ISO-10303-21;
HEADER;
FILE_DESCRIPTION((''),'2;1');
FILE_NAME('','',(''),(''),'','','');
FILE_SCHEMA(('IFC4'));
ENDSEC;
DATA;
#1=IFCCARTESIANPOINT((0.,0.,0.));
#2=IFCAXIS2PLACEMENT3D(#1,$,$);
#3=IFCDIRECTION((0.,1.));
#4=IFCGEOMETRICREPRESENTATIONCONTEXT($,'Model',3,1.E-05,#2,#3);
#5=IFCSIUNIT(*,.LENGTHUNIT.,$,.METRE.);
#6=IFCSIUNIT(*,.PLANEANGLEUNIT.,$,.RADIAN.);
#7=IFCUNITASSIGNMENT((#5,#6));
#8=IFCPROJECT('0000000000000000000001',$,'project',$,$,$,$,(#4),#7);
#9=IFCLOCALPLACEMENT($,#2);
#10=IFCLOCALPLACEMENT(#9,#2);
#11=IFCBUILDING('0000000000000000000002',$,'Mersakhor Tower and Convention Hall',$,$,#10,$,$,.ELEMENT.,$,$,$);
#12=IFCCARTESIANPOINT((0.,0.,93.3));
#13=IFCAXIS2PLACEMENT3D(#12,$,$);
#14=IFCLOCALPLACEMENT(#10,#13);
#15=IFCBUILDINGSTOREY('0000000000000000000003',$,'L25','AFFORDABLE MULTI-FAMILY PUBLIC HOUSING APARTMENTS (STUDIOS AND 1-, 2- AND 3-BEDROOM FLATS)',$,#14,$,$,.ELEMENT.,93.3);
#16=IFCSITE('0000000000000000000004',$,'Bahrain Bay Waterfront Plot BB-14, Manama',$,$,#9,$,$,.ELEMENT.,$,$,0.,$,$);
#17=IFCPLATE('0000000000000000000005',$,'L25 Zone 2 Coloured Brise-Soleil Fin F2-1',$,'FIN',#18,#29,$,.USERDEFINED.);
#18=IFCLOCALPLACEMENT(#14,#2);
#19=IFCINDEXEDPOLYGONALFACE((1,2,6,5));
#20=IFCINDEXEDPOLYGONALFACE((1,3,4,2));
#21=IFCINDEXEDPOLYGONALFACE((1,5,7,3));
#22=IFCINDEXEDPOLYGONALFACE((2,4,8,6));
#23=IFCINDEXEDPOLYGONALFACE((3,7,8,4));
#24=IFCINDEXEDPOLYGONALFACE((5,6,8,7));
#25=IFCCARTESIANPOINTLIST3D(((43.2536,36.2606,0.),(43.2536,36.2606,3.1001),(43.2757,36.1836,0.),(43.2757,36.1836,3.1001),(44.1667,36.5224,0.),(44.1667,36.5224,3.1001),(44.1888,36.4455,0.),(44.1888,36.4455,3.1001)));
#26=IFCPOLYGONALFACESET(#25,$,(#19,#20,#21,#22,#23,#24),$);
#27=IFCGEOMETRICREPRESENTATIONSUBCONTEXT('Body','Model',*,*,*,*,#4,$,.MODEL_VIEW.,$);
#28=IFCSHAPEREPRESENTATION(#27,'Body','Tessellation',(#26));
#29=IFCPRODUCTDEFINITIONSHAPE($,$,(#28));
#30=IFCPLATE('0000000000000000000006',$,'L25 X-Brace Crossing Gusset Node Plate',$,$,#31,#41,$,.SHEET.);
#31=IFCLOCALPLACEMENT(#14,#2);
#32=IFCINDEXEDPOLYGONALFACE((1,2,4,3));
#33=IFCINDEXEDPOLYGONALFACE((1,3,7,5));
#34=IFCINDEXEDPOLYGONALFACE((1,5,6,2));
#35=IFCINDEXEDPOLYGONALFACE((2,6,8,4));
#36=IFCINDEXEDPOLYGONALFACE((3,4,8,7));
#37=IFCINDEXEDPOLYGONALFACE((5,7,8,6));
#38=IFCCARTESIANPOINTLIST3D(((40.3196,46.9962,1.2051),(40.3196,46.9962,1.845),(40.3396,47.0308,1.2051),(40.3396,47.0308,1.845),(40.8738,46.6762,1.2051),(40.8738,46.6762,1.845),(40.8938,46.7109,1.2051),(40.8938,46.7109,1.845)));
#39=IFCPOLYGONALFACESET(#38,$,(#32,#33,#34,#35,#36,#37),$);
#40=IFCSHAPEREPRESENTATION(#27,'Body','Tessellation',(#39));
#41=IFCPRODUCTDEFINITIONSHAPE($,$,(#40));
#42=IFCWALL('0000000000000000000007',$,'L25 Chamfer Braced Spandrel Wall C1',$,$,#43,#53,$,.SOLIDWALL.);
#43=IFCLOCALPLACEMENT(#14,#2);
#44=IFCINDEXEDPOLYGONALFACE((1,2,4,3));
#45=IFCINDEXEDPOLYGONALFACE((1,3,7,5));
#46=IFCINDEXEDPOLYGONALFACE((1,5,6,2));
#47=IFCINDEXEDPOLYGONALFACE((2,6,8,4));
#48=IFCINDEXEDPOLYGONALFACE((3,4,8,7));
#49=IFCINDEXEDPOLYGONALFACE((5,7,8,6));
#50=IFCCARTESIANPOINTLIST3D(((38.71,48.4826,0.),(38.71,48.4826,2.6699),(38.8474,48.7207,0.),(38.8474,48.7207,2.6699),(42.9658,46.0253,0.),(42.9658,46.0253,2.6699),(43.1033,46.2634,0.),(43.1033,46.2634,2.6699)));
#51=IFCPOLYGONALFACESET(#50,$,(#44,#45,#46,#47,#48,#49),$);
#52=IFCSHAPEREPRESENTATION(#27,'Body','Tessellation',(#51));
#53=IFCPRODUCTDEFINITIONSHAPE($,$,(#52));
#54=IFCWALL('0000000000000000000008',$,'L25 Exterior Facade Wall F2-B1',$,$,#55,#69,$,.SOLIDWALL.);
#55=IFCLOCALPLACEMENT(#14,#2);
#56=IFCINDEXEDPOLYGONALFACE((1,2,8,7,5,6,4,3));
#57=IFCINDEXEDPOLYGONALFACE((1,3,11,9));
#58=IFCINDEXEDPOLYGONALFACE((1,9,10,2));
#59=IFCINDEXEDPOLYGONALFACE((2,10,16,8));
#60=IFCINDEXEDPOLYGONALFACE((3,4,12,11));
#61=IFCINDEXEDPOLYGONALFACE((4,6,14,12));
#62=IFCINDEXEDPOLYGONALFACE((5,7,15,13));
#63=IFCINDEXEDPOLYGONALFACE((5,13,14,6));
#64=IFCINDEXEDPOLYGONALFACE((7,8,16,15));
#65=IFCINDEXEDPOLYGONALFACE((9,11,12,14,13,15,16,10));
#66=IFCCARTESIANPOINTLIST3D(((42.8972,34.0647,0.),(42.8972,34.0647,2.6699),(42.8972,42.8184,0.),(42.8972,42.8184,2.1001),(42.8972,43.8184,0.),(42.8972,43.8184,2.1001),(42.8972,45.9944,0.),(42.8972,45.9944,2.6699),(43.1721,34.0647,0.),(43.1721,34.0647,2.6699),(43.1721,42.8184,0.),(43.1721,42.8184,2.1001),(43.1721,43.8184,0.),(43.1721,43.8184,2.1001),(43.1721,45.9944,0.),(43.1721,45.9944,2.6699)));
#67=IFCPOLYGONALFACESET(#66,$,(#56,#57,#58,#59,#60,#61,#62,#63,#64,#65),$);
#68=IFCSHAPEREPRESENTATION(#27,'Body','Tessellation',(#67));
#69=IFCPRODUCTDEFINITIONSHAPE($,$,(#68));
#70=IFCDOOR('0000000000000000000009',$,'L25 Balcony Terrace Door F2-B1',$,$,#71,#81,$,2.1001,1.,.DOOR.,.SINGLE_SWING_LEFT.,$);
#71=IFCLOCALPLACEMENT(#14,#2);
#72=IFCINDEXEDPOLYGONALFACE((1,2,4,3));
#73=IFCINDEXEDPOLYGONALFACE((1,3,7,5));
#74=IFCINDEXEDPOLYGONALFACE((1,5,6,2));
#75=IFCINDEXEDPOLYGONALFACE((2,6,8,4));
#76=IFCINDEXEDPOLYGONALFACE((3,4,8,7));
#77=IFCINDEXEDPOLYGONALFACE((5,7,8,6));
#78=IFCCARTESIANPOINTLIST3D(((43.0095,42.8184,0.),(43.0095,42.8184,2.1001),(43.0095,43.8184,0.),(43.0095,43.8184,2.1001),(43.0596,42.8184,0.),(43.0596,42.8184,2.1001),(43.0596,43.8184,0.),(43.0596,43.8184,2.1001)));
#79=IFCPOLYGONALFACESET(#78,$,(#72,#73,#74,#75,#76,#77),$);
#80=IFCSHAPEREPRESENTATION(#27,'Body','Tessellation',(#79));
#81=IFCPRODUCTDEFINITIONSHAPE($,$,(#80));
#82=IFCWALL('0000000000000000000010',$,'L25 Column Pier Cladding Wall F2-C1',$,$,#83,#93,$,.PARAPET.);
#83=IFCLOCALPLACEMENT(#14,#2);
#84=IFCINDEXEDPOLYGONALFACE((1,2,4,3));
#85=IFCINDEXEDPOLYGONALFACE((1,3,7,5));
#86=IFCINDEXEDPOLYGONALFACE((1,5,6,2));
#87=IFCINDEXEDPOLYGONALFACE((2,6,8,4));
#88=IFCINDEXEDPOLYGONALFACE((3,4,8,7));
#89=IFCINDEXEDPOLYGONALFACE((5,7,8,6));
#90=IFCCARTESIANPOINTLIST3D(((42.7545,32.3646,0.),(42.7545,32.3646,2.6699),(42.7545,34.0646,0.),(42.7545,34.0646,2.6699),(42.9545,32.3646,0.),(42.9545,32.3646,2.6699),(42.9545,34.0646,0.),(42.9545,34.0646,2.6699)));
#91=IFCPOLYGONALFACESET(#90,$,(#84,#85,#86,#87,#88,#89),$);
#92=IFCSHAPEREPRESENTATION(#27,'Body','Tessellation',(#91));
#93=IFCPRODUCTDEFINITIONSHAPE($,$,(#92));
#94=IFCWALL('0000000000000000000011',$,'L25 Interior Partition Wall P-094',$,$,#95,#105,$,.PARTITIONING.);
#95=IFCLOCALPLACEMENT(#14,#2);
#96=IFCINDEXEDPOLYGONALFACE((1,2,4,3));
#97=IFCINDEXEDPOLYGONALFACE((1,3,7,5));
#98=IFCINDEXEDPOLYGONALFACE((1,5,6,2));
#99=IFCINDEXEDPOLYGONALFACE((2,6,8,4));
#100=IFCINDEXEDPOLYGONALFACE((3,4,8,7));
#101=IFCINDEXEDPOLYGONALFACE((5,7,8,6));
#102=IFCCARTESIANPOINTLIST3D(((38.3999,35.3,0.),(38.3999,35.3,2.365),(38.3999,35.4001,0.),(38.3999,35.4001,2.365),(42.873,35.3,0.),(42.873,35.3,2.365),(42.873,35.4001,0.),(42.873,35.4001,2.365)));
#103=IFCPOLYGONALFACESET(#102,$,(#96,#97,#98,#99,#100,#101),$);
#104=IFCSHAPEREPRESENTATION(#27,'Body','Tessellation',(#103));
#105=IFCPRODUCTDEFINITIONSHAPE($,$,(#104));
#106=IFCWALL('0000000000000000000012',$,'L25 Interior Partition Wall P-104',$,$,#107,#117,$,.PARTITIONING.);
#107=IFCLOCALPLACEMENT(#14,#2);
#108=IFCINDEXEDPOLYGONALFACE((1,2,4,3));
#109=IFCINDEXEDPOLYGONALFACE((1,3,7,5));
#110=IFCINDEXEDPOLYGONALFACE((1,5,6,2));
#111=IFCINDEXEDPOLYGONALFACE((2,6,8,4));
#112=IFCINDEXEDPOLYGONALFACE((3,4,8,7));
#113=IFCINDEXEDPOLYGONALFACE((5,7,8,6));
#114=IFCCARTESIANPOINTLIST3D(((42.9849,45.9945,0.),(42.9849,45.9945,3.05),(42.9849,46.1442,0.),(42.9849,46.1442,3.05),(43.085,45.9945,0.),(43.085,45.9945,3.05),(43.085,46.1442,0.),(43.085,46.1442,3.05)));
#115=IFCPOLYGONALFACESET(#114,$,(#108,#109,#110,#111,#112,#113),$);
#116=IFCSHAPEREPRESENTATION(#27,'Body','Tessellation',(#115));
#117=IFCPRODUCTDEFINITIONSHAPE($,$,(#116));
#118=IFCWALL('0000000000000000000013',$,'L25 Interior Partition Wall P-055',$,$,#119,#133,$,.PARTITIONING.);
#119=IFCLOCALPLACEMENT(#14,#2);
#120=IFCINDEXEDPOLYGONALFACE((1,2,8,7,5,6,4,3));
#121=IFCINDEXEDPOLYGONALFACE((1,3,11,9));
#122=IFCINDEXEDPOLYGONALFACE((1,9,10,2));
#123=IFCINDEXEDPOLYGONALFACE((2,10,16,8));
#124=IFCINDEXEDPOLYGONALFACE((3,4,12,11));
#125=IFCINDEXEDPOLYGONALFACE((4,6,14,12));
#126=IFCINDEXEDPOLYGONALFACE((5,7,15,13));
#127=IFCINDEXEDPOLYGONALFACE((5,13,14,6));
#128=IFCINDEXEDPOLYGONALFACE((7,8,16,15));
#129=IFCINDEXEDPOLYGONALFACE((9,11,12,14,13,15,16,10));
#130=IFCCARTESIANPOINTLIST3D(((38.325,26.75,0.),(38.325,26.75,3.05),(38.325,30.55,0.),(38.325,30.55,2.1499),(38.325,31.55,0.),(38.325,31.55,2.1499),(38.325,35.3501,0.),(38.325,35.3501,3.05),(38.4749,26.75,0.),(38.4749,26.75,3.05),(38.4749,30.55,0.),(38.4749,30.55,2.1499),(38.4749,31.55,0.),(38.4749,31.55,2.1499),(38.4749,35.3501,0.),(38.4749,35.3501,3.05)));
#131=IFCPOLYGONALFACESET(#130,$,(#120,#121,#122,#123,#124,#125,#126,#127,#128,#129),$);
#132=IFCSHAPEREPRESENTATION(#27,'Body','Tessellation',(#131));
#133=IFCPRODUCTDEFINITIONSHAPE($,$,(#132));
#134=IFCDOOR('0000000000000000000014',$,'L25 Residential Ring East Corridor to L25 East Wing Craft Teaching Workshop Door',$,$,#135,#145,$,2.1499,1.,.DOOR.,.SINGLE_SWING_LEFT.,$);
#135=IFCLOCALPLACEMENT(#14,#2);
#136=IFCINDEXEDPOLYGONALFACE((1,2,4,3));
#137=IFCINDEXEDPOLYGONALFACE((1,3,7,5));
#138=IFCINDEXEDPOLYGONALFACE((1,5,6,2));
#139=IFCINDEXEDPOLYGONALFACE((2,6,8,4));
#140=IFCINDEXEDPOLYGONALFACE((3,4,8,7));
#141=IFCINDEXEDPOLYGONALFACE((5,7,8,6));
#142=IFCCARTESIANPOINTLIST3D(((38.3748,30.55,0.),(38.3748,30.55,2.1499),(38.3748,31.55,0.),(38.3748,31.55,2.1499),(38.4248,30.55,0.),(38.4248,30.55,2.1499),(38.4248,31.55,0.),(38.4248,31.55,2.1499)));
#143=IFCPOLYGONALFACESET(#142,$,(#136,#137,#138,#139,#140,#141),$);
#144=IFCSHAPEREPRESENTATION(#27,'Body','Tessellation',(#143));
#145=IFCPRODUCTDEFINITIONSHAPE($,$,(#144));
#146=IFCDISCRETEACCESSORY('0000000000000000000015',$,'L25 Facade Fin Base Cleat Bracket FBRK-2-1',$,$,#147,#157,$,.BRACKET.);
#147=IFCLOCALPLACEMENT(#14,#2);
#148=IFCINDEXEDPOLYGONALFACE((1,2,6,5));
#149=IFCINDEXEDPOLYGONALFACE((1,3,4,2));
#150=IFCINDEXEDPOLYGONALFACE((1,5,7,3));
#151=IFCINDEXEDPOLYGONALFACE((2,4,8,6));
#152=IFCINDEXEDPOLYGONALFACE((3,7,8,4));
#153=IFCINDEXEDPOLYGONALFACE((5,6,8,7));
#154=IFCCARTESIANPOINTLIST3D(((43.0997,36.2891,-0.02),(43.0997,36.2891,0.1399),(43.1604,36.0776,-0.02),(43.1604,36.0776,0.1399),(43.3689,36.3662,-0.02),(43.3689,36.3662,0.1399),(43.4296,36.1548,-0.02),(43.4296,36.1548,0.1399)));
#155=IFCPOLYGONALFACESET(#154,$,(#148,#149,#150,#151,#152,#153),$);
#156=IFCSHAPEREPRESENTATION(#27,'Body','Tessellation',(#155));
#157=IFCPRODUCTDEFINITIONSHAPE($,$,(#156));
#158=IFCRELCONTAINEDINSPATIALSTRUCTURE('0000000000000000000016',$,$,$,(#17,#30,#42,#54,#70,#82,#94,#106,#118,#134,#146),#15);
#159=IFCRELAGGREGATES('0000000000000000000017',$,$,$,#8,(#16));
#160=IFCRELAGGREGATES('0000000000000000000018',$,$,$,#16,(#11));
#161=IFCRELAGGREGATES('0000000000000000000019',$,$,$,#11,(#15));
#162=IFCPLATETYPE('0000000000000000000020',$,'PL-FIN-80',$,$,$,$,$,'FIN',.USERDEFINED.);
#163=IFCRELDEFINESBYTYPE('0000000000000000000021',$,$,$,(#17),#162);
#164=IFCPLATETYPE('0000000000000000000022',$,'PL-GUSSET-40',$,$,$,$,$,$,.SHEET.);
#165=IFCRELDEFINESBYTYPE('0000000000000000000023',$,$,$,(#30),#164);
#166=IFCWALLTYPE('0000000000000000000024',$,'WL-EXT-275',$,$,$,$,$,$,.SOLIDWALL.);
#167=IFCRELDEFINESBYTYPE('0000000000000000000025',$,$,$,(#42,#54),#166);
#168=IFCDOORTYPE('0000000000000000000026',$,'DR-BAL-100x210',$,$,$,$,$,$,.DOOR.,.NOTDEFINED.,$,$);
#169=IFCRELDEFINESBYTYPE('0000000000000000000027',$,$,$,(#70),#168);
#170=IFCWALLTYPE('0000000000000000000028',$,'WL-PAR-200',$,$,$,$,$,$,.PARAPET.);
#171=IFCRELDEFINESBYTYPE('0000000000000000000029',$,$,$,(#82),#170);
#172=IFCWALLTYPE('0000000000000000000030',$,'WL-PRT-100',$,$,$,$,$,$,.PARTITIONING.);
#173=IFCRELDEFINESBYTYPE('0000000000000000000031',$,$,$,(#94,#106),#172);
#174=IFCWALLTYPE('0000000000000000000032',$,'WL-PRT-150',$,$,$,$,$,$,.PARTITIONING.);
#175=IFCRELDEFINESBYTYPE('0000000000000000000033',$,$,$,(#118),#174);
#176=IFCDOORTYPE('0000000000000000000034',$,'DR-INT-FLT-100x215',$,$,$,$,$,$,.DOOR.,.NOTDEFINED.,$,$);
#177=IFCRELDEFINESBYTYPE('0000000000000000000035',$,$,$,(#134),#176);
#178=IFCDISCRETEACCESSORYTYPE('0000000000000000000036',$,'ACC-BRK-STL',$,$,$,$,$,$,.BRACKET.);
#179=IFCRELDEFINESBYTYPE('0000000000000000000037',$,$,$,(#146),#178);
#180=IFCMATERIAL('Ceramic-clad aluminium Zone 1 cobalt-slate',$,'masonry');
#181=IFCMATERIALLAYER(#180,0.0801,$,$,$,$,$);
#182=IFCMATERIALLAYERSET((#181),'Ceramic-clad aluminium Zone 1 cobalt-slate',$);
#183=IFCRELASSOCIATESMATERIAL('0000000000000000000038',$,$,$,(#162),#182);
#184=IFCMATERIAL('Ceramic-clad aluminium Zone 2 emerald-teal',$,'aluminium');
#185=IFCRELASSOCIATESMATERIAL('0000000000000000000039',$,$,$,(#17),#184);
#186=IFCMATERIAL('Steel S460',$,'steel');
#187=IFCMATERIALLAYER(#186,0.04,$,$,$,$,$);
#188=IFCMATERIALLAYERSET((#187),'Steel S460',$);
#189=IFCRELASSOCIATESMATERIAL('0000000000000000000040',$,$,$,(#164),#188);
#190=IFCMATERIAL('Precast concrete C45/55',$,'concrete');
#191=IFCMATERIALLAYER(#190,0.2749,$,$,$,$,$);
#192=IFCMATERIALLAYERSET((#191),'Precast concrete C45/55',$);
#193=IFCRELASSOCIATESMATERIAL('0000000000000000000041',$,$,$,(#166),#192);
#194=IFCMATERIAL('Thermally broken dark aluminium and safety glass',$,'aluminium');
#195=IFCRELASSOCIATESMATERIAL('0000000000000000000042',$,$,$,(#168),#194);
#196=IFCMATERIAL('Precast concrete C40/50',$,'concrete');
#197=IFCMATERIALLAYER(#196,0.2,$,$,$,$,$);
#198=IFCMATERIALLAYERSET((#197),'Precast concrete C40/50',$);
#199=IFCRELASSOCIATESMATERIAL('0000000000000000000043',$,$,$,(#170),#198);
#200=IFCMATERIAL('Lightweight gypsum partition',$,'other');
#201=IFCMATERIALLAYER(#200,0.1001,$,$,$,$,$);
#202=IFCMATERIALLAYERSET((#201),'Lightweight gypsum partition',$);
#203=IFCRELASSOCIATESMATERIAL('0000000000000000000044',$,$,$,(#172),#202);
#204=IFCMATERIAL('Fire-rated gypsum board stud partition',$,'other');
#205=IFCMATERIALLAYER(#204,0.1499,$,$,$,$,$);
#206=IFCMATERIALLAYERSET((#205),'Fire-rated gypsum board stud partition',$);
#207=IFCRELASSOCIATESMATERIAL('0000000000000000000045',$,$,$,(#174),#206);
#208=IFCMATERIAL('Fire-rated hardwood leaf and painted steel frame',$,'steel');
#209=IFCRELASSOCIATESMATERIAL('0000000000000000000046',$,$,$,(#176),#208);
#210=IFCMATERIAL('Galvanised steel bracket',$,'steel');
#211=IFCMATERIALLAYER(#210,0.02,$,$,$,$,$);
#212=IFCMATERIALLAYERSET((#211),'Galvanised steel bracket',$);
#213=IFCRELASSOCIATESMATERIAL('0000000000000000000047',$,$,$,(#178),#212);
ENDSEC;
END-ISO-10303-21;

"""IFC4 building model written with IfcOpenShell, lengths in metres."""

from ifc_helpers import new_model, si_unit, direction, frame, frame_2d, origin, origin_2d, place, context, subcontext, project, spatial, rectangle, extrude, material, layer, layer_set, type_object, element, fill, save


model = new_model("IFC4")

# Units and contexts
model_context = context("Model", 3, precision=1e-05, world=origin(), true_north=direction((0.0, 1.0)))
body_context = subcontext(model_context, "Body", "Model", "MODEL_VIEW")
ifc_project = project(units=[si_unit("LENGTHUNIT", "METRE"), si_unit("PLANEANGLEUNIT", "RADIAN")], contexts=[model_context])

# Site, building, storey
site_placement = place(None, origin())
site = spatial("IfcSite", under=ifc_project, at=site_placement, Name="Bahrain Bay Waterfront Plot BB-14, Manama", CompositionType="ELEMENT", RefElevation=0.0)
building_placement = place(site_placement, origin())
building = spatial("IfcBuilding", under=site, at=building_placement, Name="Mersakhor Tower and Convention Hall", CompositionType="ELEMENT")
storey_placement = place(building_placement, frame((0.0, 0.0, 93.3)))
storey = spatial("IfcBuildingStorey", under=building, at=storey_placement, Name="L25", Description="AFFORDABLE MULTI-FAMILY PUBLIC HOUSING APARTMENTS (STUDIOS AND 1-, 2- AND 3-BEDROOM FLATS)", CompositionType="ELEMENT", Elevation=93.3)

# Plates
ifc_material_1 = material(Name="Ceramic-clad aluminium Zone 2 emerald-teal", Category="aluminium")
ifc_material_2 = material(Name="Ceramic-clad aluminium Zone 1 cobalt-slate", Category="masonry")
ifc_layer_1 = layer(ifc_material_2, 0.0801)
ifc_layer_set_1 = layer_set([ifc_layer_1], Name="Ceramic-clad aluminium Zone 1 cobalt-slate")
plate_type_1 = type_object("IfcPlateType", Name="PL-FIN-80", ElementType="FIN", PredefinedType="USERDEFINED", material=ifc_layer_set_1)
plate_1_placement = place(storey_placement, frame((43.7212, 36.353, 0.0), z_axis=(0.0, 0.0, 1.0), x_axis=(0.961262, 0.275637, 0.0)))
element("IfcPlate", 1, at=plate_1_placement, inside=storey, type_object=plate_type_1, material=ifc_material_1, Name="L25 Zone 2 Coloured Brise-Soleil Fin F2-1", ObjectType="FIN", PredefinedType="USERDEFINED", context=body_context, shape_type="SweptSolid", body=[
    extrude(rectangle(XDim=0.95, YDim=0.0801, at=origin_2d()), origin(), (0.0, 0.0, 1.0), 3.1001),
])
ifc_material_3 = material(Name="Steel S460", Category="steel")
ifc_layer_2 = layer(ifc_material_3, 0.04)
ifc_layer_set_2 = layer_set([ifc_layer_2], Name="Steel S460")
plate_type_2 = type_object("IfcPlateType", Name="PL-GUSSET-40", PredefinedType="SHEET", material=ifc_layer_set_2)
plate_2_placement = place(storey_placement, frame((40.6067, 46.8535, 1.2051), z_axis=(0.0, 0.0, 1.0), x_axis=(-0.866025, 0.5, 0.0)))
element("IfcPlate", 2, at=plate_2_placement, inside=storey, type_object=plate_type_2, Name="L25 X-Brace Crossing Gusset Node Plate", PredefinedType="SHEET", context=body_context, shape_type="SweptSolid", body=[
    extrude(rectangle(XDim=0.6399, YDim=0.04, at=origin_2d()), origin(), (0.0, 0.0, 1.0), 0.6399),
])

# Wall
ifc_material_4 = material(Name="Precast concrete C45/55", Category="concrete")
ifc_layer_3 = layer(ifc_material_4, 0.2749)
ifc_layer_set_3 = layer_set([ifc_layer_3], Name="Precast concrete C45/55")
wall_type_1 = type_object("IfcWallType", Name="WL-EXT-275", PredefinedType="SOLIDWALL", material=ifc_layer_set_3)
wall_1_placement = place(storey_placement, frame((38.7788, 48.6016, 0.0), z_axis=(0.0, 0.0, 1.0), x_axis=(0.866012, -0.500023, 0.0)))
element("IfcWall", 3, at=wall_1_placement, inside=storey, type_object=wall_type_1, Name="L25 Chamfer Braced Spandrel Wall C1", PredefinedType="SOLIDWALL", context=body_context, shape_type="SweptSolid", body=[
    extrude(rectangle(XDim=4.9143, YDim=0.2749, at=frame_2d((2.457, 0.0))), origin(), (0.0, 0.0, 1.0), 2.6699),
])

# Wall, opening, door
wall_2_placement = place(storey_placement, frame((43.0347, 45.9944, 0.0), z_axis=(0.0, 0.0, 1.0), x_axis=(0.0, -1.0, 0.0)))
wall_2 = element("IfcWall", 4, at=wall_2_placement, inside=storey, type_object=wall_type_1, Name="L25 Exterior Facade Wall F2-B1", PredefinedType="SOLIDWALL", context=body_context, shape_type="SweptSolid", body=[
    extrude(rectangle(XDim=11.9297, YDim=0.2749, at=frame_2d((5.9648, 0.0))), origin(), (0.0, 0.0, 1.0), 2.6699),
])
opening_1_placement = place(wall_2_placement, frame((2.176, 0.0, 0.0)))
opening_1 = element("IfcOpeningElement", 5, at=opening_1_placement, cuts=wall_2, PredefinedType="OPENING", context=body_context, shape_type="SweptSolid", body=[
    extrude(rectangle(XDim=1.0, YDim=2.1001, at=frame_2d((0.5, 1.05))), frame((0.0, 0.1475, 0.0), z_axis=(0.0, -1.0, 0.0), x_axis=(1.0, 0.0, 0.0)), (0.0, 0.0, 1.0), 0.2949),
])
ifc_material_5 = material(Name="Thermally broken dark aluminium and safety glass", Category="aluminium")
door_type_1 = type_object("IfcDoorType", Name="DR-BAL-100x210", OperationType="NOTDEFINED", PredefinedType="DOOR", material=ifc_material_5)
door_1_placement = place(opening_1_placement, origin())
door_1 = element("IfcDoor", 6, at=door_1_placement, inside=storey, type_object=door_type_1, Name="L25 Balcony Terrace Door F2-B1", OperationType="SINGLE_SWING_LEFT", OverallHeight=2.1001, OverallWidth=1.0, PredefinedType="DOOR", context=body_context, shape_type="SweptSolid", body=[
    extrude(rectangle(XDim=1.0, YDim=2.1001, at=frame_2d((0.5, 1.05))), frame((0.0, 0.0249, 0.0), z_axis=(0.0, -1.0, 0.0), x_axis=(1.0, 0.0, 0.0)), (0.0, 0.0, 1.0), 0.05),
])
fill(opening_1, door_1)

# Walls
ifc_material_6 = material(Name="Precast concrete C40/50", Category="concrete")
ifc_layer_4 = layer(ifc_material_6, 0.2)
ifc_layer_set_4 = layer_set([ifc_layer_4], Name="Precast concrete C40/50")
wall_type_2 = type_object("IfcWallType", Name="WL-PAR-200", PredefinedType="PARAPET", material=ifc_layer_set_4)
wall_3_placement = place(storey_placement, frame((42.8545, 34.0647, 0.0), z_axis=(0.0, 0.0, 1.0), x_axis=(0.0, -1.0, 0.0)))
element("IfcWall", 7, at=wall_3_placement, inside=storey, type_object=wall_type_2, Name="L25 Column Pier Cladding Wall F2-C1", PredefinedType="PARAPET", context=body_context, shape_type="SweptSolid", body=[
    extrude(rectangle(XDim=1.7, YDim=0.2, at=frame_2d((0.8501, 0.0))), origin(), (0.0, 0.0, 1.0), 2.6699),
])
ifc_material_7 = material(Name="Lightweight gypsum partition", Category="other")
ifc_layer_5 = layer(ifc_material_7, 0.1001)
ifc_layer_set_5 = layer_set([ifc_layer_5], Name="Lightweight gypsum partition")
wall_type_3 = type_object("IfcWallType", Name="WL-PRT-100", PredefinedType="PARTITIONING", material=ifc_layer_set_5)
wall_4_placement = place(storey_placement, frame((42.873, 35.3501, 0.0), z_axis=(0.0, 0.0, 1.0), x_axis=(-1.0, 0.0, 0.0)))
element("IfcWall", 8, at=wall_4_placement, inside=storey, type_object=wall_type_3, Name="L25 Interior Partition Wall P-094", PredefinedType="PARTITIONING", context=body_context, shape_type="SweptSolid", body=[
    extrude(rectangle(XDim=4.4731, YDim=0.1001, at=frame_2d((2.2366, 0.0))), origin(), (0.0, 0.0, 1.0), 2.365),
])
wall_5_placement = place(storey_placement, frame((43.0349, 46.144, 0.0), z_axis=(0.0, 0.0, 1.0), x_axis=(0.0, -1.0, 0.0)))
element("IfcWall", 9, at=wall_5_placement, inside=storey, type_object=wall_type_3, Name="L25 Interior Partition Wall P-104", PredefinedType="PARTITIONING", context=body_context, shape_type="SweptSolid", body=[
    extrude(rectangle(XDim=0.1497, YDim=0.1001, at=frame_2d((0.0747, 0.0))), origin(), (0.0, 0.0, 1.0), 3.05),
])

# Wall, opening, door
ifc_material_8 = material(Name="Fire-rated gypsum board stud partition", Category="other")
ifc_layer_6 = layer(ifc_material_8, 0.1499)
ifc_layer_set_6 = layer_set([ifc_layer_6], Name="Fire-rated gypsum board stud partition")
wall_type_4 = type_object("IfcWallType", Name="WL-PRT-150", PredefinedType="PARTITIONING", material=ifc_layer_set_6)
wall_6_placement = place(storey_placement, frame((38.3999, 35.3501, 0.0), z_axis=(0.0, 0.0, 1.0), x_axis=(0.0, -1.0, 0.0)))
wall_6 = element("IfcWall", 10, at=wall_6_placement, inside=storey, type_object=wall_type_4, Name="L25 Interior Partition Wall P-055", PredefinedType="PARTITIONING", context=body_context, shape_type="SweptSolid", body=[
    extrude(rectangle(XDim=8.6001, YDim=0.1499, at=frame_2d((4.3, 0.0))), origin(), (0.0, 0.0, 1.0), 3.05),
])
opening_2_placement = place(wall_6_placement, frame((3.8, 0.0, 0.0)))
opening_2 = element("IfcOpeningElement", 11, at=opening_2_placement, cuts=wall_6, PredefinedType="OPENING", context=body_context, shape_type="SweptSolid", body=[
    extrude(rectangle(XDim=1.0, YDim=2.1499, at=frame_2d((0.5, 1.075))), frame((0.0, 0.085, 0.0), z_axis=(0.0, -1.0, 0.0), x_axis=(1.0, 0.0, 0.0)), (0.0, 0.0, 1.0), 0.1699),
])
ifc_material_9 = material(Name="Fire-rated hardwood leaf and painted steel frame", Category="steel")
door_type_2 = type_object("IfcDoorType", Name="DR-INT-FLT-100x215", OperationType="NOTDEFINED", PredefinedType="DOOR", material=ifc_material_9)
door_2_placement = place(opening_2_placement, origin())
door_2 = element("IfcDoor", 12, at=door_2_placement, inside=storey, type_object=door_type_2, Name="L25 Residential Ring East Corridor to L25 East Wing Craft Teaching Workshop Door", OperationType="SINGLE_SWING_LEFT", OverallHeight=2.1499, OverallWidth=1.0, PredefinedType="DOOR", context=body_context, shape_type="SweptSolid", body=[
    extrude(rectangle(XDim=1.0, YDim=2.1499, at=frame_2d((0.5, 1.075))), frame((0.0, 0.0249, 0.0), z_axis=(0.0, -1.0, 0.0), x_axis=(1.0, 0.0, 0.0)), (0.0, 0.0, 1.0), 0.05),
])
fill(opening_2, door_2)

# Discrete accessory
ifc_material_10 = material(Name="Galvanised steel bracket", Category="steel")
ifc_layer_7 = layer(ifc_material_10, 0.02)
ifc_layer_set_7 = layer_set([ifc_layer_7], Name="Galvanised steel bracket")
discrete_accessory_type = type_object("IfcDiscreteAccessoryType", Name="ACC-BRK-STL", PredefinedType="BRACKET", material=ifc_layer_set_7)
discrete_accessory_placement = place(storey_placement, frame((43.2646, 36.2219, -0.02), z_axis=(0.0, 0.0, 1.0), x_axis=(0.961262, 0.275637, 0.0)))
element("IfcDiscreteAccessory", 13, at=discrete_accessory_placement, inside=storey, type_object=discrete_accessory_type, Name="L25 Facade Fin Base Cleat Bracket FBRK-2-1", PredefinedType="BRACKET", context=body_context, shape_type="SweptSolid", body=[
    extrude(rectangle(XDim=0.28, YDim=0.22, at=origin_2d()), origin(), (0.0, 0.0, 1.0), 0.1599),
])

save(model, "model.ifc")
